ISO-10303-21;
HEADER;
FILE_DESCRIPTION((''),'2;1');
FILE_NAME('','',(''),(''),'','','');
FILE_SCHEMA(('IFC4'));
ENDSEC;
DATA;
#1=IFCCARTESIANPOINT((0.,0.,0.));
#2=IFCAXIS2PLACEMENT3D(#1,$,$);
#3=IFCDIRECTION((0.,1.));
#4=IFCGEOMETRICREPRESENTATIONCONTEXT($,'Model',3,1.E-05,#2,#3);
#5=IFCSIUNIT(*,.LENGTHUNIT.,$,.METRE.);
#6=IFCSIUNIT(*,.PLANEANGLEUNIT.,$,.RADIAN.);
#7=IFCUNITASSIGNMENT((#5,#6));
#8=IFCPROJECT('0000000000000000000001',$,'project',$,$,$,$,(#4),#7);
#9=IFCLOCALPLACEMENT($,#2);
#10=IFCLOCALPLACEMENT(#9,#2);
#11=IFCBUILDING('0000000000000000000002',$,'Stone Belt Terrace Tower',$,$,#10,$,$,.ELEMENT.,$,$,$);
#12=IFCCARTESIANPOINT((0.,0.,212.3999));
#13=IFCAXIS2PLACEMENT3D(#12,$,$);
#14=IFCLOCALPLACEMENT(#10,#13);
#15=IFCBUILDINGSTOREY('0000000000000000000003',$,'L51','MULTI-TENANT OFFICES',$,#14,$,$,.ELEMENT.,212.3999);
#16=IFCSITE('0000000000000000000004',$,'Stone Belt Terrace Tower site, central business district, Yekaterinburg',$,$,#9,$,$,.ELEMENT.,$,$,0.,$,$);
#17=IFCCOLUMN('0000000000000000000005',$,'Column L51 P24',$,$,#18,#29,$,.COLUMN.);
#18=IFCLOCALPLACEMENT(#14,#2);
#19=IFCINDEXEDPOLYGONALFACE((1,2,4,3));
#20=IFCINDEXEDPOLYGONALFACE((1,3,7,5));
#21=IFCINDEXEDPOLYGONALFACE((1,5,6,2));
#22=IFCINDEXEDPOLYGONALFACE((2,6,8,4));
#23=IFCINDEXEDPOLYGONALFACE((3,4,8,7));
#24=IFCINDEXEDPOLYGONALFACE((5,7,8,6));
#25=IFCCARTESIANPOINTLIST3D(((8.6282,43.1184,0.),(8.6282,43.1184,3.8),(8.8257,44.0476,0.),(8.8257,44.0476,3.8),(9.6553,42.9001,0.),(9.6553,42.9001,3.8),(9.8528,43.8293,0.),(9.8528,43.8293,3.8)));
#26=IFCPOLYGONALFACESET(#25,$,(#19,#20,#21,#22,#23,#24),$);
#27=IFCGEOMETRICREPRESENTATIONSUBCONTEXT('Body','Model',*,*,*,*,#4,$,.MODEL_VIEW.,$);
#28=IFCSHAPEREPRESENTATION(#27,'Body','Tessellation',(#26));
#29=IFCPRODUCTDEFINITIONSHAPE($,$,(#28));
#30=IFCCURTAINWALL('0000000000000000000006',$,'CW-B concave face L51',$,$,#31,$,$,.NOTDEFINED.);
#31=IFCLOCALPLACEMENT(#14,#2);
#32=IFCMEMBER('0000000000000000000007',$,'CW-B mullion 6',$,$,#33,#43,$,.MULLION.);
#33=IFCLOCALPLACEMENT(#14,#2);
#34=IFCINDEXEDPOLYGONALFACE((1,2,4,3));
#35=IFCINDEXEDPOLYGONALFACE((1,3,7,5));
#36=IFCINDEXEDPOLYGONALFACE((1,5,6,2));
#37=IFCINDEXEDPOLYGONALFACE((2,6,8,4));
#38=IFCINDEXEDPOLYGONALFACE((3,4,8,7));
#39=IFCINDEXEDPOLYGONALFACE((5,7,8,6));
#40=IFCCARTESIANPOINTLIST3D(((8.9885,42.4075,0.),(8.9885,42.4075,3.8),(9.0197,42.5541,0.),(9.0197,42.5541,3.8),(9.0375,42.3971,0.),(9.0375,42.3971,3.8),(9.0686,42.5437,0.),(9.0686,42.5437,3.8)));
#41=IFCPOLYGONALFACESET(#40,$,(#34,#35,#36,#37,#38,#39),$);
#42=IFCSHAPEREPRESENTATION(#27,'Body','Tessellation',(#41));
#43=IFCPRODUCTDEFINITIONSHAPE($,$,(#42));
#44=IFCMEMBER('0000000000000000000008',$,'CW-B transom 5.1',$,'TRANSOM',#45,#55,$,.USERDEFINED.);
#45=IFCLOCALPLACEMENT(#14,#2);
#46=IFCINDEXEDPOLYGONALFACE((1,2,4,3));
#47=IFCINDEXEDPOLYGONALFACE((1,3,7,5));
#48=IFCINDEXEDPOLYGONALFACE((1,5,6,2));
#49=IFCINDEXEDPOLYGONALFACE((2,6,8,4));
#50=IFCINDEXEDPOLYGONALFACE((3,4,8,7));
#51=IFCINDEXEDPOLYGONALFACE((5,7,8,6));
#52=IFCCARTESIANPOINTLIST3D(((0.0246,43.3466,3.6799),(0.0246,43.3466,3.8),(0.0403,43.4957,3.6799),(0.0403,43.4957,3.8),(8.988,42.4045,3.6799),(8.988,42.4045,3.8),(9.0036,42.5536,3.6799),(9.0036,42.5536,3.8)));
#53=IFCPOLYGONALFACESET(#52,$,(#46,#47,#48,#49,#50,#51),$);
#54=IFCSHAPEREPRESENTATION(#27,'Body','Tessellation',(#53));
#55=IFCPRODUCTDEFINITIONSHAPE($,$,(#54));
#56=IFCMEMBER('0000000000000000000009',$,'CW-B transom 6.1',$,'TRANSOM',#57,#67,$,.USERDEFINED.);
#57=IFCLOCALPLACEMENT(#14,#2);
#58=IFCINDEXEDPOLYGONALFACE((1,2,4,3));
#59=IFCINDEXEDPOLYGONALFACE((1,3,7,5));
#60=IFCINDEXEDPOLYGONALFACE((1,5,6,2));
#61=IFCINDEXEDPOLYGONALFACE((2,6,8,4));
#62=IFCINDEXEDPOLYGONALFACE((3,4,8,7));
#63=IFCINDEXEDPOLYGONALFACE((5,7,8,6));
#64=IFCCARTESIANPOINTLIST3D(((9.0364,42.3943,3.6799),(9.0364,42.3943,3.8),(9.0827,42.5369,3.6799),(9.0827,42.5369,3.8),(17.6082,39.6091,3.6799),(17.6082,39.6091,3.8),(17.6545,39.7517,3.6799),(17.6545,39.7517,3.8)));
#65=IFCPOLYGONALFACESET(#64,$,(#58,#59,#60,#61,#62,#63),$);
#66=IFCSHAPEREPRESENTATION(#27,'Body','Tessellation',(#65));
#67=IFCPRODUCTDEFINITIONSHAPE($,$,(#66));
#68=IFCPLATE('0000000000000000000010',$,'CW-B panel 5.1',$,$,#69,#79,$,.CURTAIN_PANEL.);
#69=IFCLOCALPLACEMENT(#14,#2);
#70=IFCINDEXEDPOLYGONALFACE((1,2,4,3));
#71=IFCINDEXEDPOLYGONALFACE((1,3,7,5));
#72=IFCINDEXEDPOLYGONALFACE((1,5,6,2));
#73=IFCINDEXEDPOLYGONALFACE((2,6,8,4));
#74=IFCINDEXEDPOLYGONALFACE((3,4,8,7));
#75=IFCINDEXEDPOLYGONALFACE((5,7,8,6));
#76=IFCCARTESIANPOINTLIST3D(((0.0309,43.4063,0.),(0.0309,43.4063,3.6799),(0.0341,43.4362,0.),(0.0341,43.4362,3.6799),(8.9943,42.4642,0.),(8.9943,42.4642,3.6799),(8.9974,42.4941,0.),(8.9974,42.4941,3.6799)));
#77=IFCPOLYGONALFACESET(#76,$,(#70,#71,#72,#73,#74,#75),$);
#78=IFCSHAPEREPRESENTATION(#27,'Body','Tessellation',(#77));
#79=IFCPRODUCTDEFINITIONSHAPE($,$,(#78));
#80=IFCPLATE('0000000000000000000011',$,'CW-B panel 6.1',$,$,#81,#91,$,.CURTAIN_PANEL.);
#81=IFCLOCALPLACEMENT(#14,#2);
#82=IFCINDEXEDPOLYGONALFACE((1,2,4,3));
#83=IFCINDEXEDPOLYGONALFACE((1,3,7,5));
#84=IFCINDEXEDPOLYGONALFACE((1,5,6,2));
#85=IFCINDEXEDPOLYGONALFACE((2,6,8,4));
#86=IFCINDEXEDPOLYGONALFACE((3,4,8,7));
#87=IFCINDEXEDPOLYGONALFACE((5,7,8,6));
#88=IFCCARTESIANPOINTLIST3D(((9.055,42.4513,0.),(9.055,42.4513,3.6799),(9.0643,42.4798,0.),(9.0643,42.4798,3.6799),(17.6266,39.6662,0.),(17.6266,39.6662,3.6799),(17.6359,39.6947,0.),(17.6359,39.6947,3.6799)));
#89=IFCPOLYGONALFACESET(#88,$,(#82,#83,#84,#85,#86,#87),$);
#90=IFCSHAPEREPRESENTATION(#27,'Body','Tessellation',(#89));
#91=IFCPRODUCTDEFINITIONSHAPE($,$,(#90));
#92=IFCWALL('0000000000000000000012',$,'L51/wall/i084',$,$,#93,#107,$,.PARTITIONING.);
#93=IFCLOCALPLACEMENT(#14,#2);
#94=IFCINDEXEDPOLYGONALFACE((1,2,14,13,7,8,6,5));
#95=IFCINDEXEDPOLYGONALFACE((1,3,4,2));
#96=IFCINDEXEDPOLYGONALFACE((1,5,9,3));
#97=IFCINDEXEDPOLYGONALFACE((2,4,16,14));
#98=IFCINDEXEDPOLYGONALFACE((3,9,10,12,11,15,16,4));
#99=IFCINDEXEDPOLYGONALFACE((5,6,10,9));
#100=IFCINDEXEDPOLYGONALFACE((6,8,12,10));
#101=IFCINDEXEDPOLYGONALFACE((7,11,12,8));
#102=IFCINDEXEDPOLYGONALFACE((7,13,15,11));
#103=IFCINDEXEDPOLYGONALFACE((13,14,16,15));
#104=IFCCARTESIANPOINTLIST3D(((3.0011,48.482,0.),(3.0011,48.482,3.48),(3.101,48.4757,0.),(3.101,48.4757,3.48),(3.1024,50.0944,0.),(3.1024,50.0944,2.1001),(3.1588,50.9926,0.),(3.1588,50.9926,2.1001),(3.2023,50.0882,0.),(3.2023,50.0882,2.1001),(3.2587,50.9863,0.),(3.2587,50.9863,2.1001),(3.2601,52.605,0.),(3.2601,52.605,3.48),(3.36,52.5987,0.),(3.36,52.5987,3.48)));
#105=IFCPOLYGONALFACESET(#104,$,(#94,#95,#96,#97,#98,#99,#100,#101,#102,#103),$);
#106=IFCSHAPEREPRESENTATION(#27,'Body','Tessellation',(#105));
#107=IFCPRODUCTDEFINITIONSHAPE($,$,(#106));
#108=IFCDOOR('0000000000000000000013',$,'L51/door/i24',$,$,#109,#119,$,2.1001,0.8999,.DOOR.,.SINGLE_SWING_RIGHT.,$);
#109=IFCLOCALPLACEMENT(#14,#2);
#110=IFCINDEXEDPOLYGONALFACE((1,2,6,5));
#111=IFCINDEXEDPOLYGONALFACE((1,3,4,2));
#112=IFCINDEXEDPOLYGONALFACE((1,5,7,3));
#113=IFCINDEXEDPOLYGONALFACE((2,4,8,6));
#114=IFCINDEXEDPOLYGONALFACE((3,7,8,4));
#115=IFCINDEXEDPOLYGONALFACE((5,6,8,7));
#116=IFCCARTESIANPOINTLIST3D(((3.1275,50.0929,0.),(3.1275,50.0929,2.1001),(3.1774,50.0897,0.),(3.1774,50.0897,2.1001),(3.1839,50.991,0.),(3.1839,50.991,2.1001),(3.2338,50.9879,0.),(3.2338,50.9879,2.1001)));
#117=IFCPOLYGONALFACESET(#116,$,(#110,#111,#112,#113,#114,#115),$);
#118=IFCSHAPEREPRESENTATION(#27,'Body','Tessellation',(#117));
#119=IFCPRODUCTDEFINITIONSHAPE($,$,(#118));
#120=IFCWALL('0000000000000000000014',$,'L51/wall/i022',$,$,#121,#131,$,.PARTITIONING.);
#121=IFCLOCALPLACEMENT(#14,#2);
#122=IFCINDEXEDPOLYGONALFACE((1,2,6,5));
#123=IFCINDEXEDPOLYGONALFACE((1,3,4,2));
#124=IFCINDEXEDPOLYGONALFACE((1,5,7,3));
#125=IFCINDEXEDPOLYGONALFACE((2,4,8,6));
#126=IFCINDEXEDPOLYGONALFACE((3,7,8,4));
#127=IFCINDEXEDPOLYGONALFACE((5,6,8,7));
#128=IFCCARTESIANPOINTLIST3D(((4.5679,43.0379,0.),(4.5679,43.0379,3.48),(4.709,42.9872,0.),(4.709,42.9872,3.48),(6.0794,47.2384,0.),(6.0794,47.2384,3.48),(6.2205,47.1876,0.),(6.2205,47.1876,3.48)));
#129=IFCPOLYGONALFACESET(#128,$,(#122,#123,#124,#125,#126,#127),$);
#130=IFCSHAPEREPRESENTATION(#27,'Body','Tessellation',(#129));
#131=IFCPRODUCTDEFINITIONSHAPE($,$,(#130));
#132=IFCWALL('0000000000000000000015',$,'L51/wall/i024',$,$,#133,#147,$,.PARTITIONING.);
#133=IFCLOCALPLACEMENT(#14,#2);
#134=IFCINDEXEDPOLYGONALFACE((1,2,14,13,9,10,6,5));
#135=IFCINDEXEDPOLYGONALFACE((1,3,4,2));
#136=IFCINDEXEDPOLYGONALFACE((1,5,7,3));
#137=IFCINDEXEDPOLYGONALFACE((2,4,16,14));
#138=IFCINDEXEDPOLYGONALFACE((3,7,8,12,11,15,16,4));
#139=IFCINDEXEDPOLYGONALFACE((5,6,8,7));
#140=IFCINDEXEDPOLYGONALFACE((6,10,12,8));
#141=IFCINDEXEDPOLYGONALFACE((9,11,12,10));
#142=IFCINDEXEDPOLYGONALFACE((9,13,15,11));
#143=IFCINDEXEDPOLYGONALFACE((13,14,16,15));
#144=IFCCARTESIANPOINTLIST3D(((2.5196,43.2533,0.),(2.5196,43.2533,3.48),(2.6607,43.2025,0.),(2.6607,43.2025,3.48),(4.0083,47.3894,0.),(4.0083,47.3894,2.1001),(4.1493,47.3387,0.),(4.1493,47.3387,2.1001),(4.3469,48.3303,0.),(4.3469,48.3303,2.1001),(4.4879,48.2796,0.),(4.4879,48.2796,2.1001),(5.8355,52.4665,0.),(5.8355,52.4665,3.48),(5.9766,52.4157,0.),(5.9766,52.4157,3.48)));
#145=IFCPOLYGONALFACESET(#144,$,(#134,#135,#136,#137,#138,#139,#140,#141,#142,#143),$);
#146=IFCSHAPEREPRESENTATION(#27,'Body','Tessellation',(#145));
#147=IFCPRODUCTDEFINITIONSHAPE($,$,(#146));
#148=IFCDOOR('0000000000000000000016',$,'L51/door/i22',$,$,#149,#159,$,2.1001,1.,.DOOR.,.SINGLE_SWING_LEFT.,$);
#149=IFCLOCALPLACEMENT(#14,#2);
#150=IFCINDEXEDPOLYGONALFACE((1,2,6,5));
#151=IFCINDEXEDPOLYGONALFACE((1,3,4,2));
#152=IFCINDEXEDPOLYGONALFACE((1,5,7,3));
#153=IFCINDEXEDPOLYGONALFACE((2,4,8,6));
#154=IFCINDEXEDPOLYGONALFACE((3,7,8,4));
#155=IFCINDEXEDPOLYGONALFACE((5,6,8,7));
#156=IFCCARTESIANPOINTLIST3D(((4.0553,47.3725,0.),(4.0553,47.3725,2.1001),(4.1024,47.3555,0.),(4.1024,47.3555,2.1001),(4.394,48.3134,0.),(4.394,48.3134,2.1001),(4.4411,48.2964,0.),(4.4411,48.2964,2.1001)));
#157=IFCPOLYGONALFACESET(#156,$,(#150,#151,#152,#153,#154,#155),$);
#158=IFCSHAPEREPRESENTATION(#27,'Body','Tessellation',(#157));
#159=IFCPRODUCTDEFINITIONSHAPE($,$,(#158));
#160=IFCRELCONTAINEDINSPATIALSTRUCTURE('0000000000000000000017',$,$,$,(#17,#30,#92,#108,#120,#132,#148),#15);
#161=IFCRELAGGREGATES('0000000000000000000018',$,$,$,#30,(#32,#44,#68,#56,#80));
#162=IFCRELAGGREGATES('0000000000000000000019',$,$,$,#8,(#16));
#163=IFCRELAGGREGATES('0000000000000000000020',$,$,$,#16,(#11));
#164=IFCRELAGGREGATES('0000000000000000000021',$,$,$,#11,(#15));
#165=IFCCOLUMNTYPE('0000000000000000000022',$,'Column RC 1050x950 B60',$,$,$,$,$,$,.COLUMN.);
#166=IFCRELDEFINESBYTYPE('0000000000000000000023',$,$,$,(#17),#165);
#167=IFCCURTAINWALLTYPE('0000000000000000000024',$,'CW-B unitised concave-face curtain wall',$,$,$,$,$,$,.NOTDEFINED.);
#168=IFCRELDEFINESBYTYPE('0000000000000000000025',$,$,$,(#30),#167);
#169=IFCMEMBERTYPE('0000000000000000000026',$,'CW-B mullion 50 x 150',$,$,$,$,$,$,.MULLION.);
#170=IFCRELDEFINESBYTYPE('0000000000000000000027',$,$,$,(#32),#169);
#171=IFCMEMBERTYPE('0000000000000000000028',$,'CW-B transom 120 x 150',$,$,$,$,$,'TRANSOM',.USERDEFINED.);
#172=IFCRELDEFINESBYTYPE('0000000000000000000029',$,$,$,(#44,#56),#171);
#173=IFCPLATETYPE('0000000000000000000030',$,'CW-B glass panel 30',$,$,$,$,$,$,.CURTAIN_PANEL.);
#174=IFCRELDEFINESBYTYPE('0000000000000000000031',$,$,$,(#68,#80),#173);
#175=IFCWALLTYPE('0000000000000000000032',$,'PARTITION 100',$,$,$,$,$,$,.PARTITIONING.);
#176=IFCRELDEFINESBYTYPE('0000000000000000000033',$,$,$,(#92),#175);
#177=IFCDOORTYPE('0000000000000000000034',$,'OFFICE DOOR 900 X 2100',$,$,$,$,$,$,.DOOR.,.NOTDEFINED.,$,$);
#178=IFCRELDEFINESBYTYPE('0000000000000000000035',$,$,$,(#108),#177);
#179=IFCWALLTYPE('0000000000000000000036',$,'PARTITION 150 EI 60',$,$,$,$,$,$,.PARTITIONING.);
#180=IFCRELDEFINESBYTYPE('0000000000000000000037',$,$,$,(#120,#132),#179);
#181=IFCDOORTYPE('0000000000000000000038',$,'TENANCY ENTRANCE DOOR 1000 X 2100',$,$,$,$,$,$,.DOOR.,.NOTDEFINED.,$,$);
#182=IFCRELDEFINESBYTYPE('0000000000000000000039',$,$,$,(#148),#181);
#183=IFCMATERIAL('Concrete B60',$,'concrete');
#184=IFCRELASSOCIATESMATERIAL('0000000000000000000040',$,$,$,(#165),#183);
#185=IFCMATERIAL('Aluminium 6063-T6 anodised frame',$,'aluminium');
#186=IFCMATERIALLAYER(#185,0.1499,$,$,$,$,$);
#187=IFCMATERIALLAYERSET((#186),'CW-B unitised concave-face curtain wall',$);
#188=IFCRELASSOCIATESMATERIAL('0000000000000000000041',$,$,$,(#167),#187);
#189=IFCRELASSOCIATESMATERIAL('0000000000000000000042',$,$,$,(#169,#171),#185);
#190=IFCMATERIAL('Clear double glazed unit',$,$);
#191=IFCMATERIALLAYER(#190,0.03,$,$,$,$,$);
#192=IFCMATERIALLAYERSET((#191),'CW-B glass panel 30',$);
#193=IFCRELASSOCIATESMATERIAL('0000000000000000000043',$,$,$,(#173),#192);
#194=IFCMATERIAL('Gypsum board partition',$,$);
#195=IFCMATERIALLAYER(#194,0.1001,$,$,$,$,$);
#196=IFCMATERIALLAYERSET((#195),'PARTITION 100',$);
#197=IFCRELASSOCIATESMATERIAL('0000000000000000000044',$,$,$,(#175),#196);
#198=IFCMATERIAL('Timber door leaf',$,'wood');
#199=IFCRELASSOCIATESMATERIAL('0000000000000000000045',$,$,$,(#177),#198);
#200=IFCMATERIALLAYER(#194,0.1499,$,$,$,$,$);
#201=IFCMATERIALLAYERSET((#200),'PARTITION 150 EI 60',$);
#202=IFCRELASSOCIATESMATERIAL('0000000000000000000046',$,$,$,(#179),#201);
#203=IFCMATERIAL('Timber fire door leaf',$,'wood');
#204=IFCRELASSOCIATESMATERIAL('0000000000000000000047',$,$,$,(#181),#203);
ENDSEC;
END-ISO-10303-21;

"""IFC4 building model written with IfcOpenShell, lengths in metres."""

from ifc_helpers import new_model, si_unit, direction, frame, frame_2d, origin, origin_2d, place, context, subcontext, project, spatial, rectangle, extrude, material, layer, layer_set, material_profile, profile_set, type_object, element, fill, aggregate, save


model = new_model("IFC4")

# Units and contexts
model_context = context("Model", 3, precision=1e-05, world=origin(), true_north=direction((0.0, 1.0)))
body_context = subcontext(model_context, "Body", "Model", "MODEL_VIEW")
ifc_project = project(units=[si_unit("LENGTHUNIT", "METRE"), si_unit("PLANEANGLEUNIT", "RADIAN")], contexts=[model_context])

# Site, building, storey
site_placement = place(None, origin())
site = spatial("IfcSite", under=ifc_project, at=site_placement, Name="Stone Belt Terrace Tower site, central business district, Yekaterinburg", CompositionType="ELEMENT", RefElevation=0.0)
building_placement = place(site_placement, origin())
building = spatial("IfcBuilding", under=site, at=building_placement, Name="Stone Belt Terrace Tower", CompositionType="ELEMENT")
storey_placement = place(building_placement, frame((0.0, 0.0, 212.3999)))
storey = spatial("IfcBuildingStorey", under=building, at=storey_placement, Name="L51", Description="MULTI-TENANT OFFICES", CompositionType="ELEMENT", Elevation=212.3999)

# Column
ifc_material_1 = material(Name="Concrete B60", Category="concrete")
ifc_material_profile_1 = material_profile(ifc_material_1, rectangle(XDim=1.05, YDim=0.95, at=origin_2d()), Name="RC 1050x950")
ifc_profile_set_1 = profile_set([ifc_material_profile_1], Name="Concrete B60")
column_type = type_object("IfcColumnType", Name="Column RC 1050x950 B60", PredefinedType="COLUMN", material=ifc_profile_set_1)
column_placement = place(storey_placement, frame((9.2405, 43.4739, 0.0), z_axis=(0.0, 0.0, 1.0), x_axis=(0.978148, -0.207912, 0.0)))
element("IfcColumn", 1, at=column_placement, inside=storey, type_object=column_type, Name="Column L51 P24", PredefinedType="COLUMN", context=body_context, shape_type="SweptSolid", body=[
    extrude(rectangle(XDim=1.05, YDim=0.95, at=origin_2d()), origin(), (0.0, 0.0, 1.0), 3.8),
])

# Curtain wall, members, plates
ifc_material_2 = material(Name="Aluminium 6063-T6 anodised frame", Category="aluminium")
ifc_layer_1 = layer(ifc_material_2, 0.1499)
ifc_layer_set_1 = layer_set([ifc_layer_1], Name="CW-B unitised concave-face curtain wall")
curtain_wall_type = type_object("IfcCurtainWallType", Name="CW-B unitised concave-face curtain wall", PredefinedType="NOTDEFINED", material=ifc_layer_set_1)
curtain_wall_placement = place(storey_placement, origin())
curtain_wall = element("IfcCurtainWall", 2, at=curtain_wall_placement, inside=storey, type_object=curtain_wall_type, Name="CW-B concave face L51", PredefinedType="NOTDEFINED")
ifc_material_profile_2 = material_profile(ifc_material_2, rectangle(XDim=0.1499, YDim=0.05, at=origin_2d()), Name="Aluminium 6063-T6 50x150")
ifc_profile_set_2 = profile_set([ifc_material_profile_2], Name="Aluminium 6063-T6 anodised frame")
member_type_1 = type_object("IfcMemberType", Name="CW-B mullion 50 x 150", PredefinedType="MULLION", material=ifc_profile_set_2)
member_1_placement = place(storey_placement, frame((9.0286, 42.4756, 0.0), z_axis=(0.0, 0.0, 1.0), x_axis=(0.207912, 0.978148, 0.0)))
member_1 = element("IfcMember", 3, at=member_1_placement, type_object=member_type_1, Name="CW-B mullion 6", PredefinedType="MULLION", context=body_context, shape_type="SweptSolid", body=[
    extrude(rectangle(XDim=0.1499, YDim=0.05, at=origin_2d()), origin(), (0.0, 0.0, 1.0), 3.8),
])
ifc_material_profile_3 = material_profile(ifc_material_2, rectangle(XDim=0.1499, YDim=0.1201, at=origin_2d()), Name="Aluminium 6063-T6 150x120")
ifc_profile_set_3 = profile_set([ifc_material_profile_3], Name="Aluminium 6063-T6 anodised frame")
member_type_2 = type_object("IfcMemberType", Name="CW-B transom 120 x 150", ElementType="TRANSOM", PredefinedType="USERDEFINED", material=ifc_profile_set_3)
member_2_placement = place(storey_placement, frame((0.0325, 43.4211, 3.74), z_axis=(0.994521, -0.104534, 0.0), x_axis=(0.104534, 0.994521, 0.0)))
member_2 = element("IfcMember", 4, at=member_2_placement, type_object=member_type_2, Name="CW-B transom 5.1", ObjectType="TRANSOM", PredefinedType="USERDEFINED", context=body_context, shape_type="SweptSolid", body=[
    extrude(rectangle(XDim=0.1499, YDim=0.1201, at=origin_2d()), origin(), (0.0, 0.0, 1.0), 9.0127),
])
member_3_placement = place(storey_placement, frame((9.0596, 42.4656, 3.74), z_axis=(0.951056, -0.309019, 0.0), x_axis=(0.309019, 0.951056, 0.0)))
member_3 = element("IfcMember", 5, at=member_3_placement, type_object=member_type_2, Name="CW-B transom 6.1", ObjectType="TRANSOM", PredefinedType="USERDEFINED", context=body_context, shape_type="SweptSolid", body=[
    extrude(rectangle(XDim=0.1499, YDim=0.1201, at=origin_2d()), origin(), (0.0, 0.0, 1.0), 9.0129),
])
ifc_material_3 = material(Name="Clear double glazed unit")
ifc_layer_2 = layer(ifc_material_3, 0.03)
ifc_layer_set_2 = layer_set([ifc_layer_2], Name="CW-B glass panel 30")
plate_type = type_object("IfcPlateType", Name="CW-B glass panel 30", PredefinedType="CURTAIN_PANEL", material=ifc_layer_set_2)
plate_1_placement = place(storey_placement, frame((4.5142, 42.9502, 0.0), z_axis=(0.0, 0.0, 1.0), x_axis=(0.994522, -0.104528, 0.0)))
plate_1 = element("IfcPlate", 6, at=plate_1_placement, type_object=plate_type, Name="CW-B panel 5.1", PredefinedType="CURTAIN_PANEL", context=body_context, shape_type="SweptSolid", body=[
    extrude(rectangle(XDim=9.0127, YDim=0.03, at=origin_2d()), origin(), (0.0, 0.0, 1.0), 3.6799),
])
plate_2_placement = place(storey_placement, frame((13.3455, 41.073, 0.0), z_axis=(0.0, 0.0, 1.0), x_axis=(0.951057, -0.309017, 0.0)))
plate_2 = element("IfcPlate", 7, at=plate_2_placement, type_object=plate_type, Name="CW-B panel 6.1", PredefinedType="CURTAIN_PANEL", context=body_context, shape_type="SweptSolid", body=[
    extrude(rectangle(XDim=9.0127, YDim=0.03, at=origin_2d()), origin(), (0.0, 0.0, 1.0), 3.6799),
])
aggregate(curtain_wall, [member_1, member_2, plate_1, member_3, plate_2])

# Wall, opening, door
ifc_material_4 = material(Name="Gypsum board partition")
ifc_layer_3 = layer(ifc_material_4, 0.1001)
ifc_layer_set_3 = layer_set([ifc_layer_3], Name="PARTITION 100")
wall_type_1 = type_object("IfcWallType", Name="PARTITION 100", PredefinedType="PARTITIONING", material=ifc_layer_set_3)
wall_1_placement = place(storey_placement, frame((3.051, 48.479, 0.0), z_axis=(0.0, 0.0, 1.0), x_axis=(0.062702, 0.998032, 0.0)))
wall_1 = element("IfcWall", 8, at=wall_1_placement, inside=storey, type_object=wall_type_1, Name="L51/wall/i084", PredefinedType="PARTITIONING", context=body_context, shape_type="SweptSolid", body=[
    extrude(rectangle(XDim=4.1311, YDim=0.1001, at=frame_2d((2.0654, 0.0))), origin(), (0.0, 0.0, 1.0), 3.48),
])
opening_1_placement = place(wall_1_placement, frame((1.6155, 0.0, 0.0)))
opening_1 = element("IfcOpeningElement", 9, at=opening_1_placement, cuts=wall_1, PredefinedType="OPENING", context=body_context, shape_type="SweptSolid", body=[
    extrude(rectangle(XDim=0.8999, YDim=2.1001, at=frame_2d((0.45, 1.05))), frame((0.0, 0.0601, 0.0), z_axis=(0.0, -1.0, 0.0), x_axis=(1.0, 0.0, 0.0)), (0.0, 0.0, 1.0), 0.1201),
])
ifc_material_5 = material(Name="Timber door leaf", Category="wood")
door_type_1 = type_object("IfcDoorType", Name="OFFICE DOOR 900 X 2100", OperationType="NOTDEFINED", PredefinedType="DOOR", material=ifc_material_5)
door_1_placement = place(opening_1_placement, origin())
door_1 = element("IfcDoor", 10, at=door_1_placement, inside=storey, type_object=door_type_1, Name="L51/door/i24", OperationType="SINGLE_SWING_RIGHT", OverallHeight=2.1001, OverallWidth=0.8999, PredefinedType="DOOR", context=body_context, shape_type="SweptSolid", body=[
    extrude(rectangle(XDim=0.8999, YDim=2.1001, at=frame_2d((0.45, 1.05))), frame((0.0, 0.0249, 0.0), z_axis=(0.0, -1.0, 0.0), x_axis=(1.0, 0.0, 0.0)), (0.0, 0.0, 1.0), 0.05),
])
fill(opening_1, door_1)

# Wall
ifc_layer_4 = layer(ifc_material_4, 0.1499)
ifc_layer_set_4 = layer_set([ifc_layer_4], Name="PARTITION 150 EI 60")
wall_type_2 = type_object("IfcWallType", Name="PARTITION 150 EI 60", PredefinedType="PARTITIONING", material=ifc_layer_set_4)
wall_2_placement = place(storey_placement, frame((6.1499, 47.2129, 0.0), z_axis=(0.0, 0.0, 1.0), x_axis=(-0.338584, -0.940936, 0.0)))
element("IfcWall", 11, at=wall_2_placement, inside=storey, type_object=wall_type_2, Name="L51/wall/i022", PredefinedType="PARTITIONING", context=body_context, shape_type="SweptSolid", body=[
    extrude(rectangle(XDim=4.4641, YDim=0.1499, at=frame_2d((2.2319, 0.0))), origin(), (0.0, 0.0, 1.0), 3.48),
])

# Wall, opening, door
wall_3_placement = place(storey_placement, frame((2.5901, 43.2278, 0.0), z_axis=(0.0, 0.0, 1.0), x_axis=(0.338646, 0.940914, 0.0)))
wall_3 = element("IfcWall", 12, at=wall_3_placement, inside=storey, type_object=wall_type_2, Name="L51/wall/i024", PredefinedType="PARTITIONING", context=body_context, shape_type="SweptSolid", body=[
    extrude(rectangle(XDim=9.7917, YDim=0.1499, at=frame_2d((4.896, 0.0))), origin(), (0.0, 0.0, 1.0), 3.48),
])
opening_2_placement = place(wall_3_placement, frame((4.396, 0.0, 0.0)))
opening_2 = element("IfcOpeningElement", 13, at=opening_2_placement, cuts=wall_3, PredefinedType="OPENING", context=body_context, shape_type="SweptSolid", body=[
    extrude(rectangle(XDim=1.0, YDim=2.1001, at=frame_2d((0.5, 1.05))), frame((0.0, 0.085, 0.0), z_axis=(0.0, -1.0, 0.0), x_axis=(1.0, 0.0, 0.0)), (0.0, 0.0, 1.0), 0.1699),
])
ifc_material_6 = material(Name="Timber fire door leaf", Category="wood")
door_type_2 = type_object("IfcDoorType", Name="TENANCY ENTRANCE DOOR 1000 X 2100", OperationType="NOTDEFINED", PredefinedType="DOOR", material=ifc_material_6)
door_2_placement = place(opening_2_placement, origin())
door_2 = element("IfcDoor", 14, at=door_2_placement, inside=storey, type_object=door_type_2, Name="L51/door/i22", OperationType="SINGLE_SWING_LEFT", OverallHeight=2.1001, OverallWidth=1.0, PredefinedType="DOOR", context=body_context, shape_type="SweptSolid", body=[
    extrude(rectangle(XDim=1.0, YDim=2.1001, at=frame_2d((0.5, 1.05))), frame((0.0, 0.0249, 0.0), z_axis=(0.0, -1.0, 0.0), x_axis=(1.0, 0.0, 0.0)), (0.0, 0.0, 1.0), 0.05),
])
fill(opening_2, door_2)

save(model, "model.ifc")
